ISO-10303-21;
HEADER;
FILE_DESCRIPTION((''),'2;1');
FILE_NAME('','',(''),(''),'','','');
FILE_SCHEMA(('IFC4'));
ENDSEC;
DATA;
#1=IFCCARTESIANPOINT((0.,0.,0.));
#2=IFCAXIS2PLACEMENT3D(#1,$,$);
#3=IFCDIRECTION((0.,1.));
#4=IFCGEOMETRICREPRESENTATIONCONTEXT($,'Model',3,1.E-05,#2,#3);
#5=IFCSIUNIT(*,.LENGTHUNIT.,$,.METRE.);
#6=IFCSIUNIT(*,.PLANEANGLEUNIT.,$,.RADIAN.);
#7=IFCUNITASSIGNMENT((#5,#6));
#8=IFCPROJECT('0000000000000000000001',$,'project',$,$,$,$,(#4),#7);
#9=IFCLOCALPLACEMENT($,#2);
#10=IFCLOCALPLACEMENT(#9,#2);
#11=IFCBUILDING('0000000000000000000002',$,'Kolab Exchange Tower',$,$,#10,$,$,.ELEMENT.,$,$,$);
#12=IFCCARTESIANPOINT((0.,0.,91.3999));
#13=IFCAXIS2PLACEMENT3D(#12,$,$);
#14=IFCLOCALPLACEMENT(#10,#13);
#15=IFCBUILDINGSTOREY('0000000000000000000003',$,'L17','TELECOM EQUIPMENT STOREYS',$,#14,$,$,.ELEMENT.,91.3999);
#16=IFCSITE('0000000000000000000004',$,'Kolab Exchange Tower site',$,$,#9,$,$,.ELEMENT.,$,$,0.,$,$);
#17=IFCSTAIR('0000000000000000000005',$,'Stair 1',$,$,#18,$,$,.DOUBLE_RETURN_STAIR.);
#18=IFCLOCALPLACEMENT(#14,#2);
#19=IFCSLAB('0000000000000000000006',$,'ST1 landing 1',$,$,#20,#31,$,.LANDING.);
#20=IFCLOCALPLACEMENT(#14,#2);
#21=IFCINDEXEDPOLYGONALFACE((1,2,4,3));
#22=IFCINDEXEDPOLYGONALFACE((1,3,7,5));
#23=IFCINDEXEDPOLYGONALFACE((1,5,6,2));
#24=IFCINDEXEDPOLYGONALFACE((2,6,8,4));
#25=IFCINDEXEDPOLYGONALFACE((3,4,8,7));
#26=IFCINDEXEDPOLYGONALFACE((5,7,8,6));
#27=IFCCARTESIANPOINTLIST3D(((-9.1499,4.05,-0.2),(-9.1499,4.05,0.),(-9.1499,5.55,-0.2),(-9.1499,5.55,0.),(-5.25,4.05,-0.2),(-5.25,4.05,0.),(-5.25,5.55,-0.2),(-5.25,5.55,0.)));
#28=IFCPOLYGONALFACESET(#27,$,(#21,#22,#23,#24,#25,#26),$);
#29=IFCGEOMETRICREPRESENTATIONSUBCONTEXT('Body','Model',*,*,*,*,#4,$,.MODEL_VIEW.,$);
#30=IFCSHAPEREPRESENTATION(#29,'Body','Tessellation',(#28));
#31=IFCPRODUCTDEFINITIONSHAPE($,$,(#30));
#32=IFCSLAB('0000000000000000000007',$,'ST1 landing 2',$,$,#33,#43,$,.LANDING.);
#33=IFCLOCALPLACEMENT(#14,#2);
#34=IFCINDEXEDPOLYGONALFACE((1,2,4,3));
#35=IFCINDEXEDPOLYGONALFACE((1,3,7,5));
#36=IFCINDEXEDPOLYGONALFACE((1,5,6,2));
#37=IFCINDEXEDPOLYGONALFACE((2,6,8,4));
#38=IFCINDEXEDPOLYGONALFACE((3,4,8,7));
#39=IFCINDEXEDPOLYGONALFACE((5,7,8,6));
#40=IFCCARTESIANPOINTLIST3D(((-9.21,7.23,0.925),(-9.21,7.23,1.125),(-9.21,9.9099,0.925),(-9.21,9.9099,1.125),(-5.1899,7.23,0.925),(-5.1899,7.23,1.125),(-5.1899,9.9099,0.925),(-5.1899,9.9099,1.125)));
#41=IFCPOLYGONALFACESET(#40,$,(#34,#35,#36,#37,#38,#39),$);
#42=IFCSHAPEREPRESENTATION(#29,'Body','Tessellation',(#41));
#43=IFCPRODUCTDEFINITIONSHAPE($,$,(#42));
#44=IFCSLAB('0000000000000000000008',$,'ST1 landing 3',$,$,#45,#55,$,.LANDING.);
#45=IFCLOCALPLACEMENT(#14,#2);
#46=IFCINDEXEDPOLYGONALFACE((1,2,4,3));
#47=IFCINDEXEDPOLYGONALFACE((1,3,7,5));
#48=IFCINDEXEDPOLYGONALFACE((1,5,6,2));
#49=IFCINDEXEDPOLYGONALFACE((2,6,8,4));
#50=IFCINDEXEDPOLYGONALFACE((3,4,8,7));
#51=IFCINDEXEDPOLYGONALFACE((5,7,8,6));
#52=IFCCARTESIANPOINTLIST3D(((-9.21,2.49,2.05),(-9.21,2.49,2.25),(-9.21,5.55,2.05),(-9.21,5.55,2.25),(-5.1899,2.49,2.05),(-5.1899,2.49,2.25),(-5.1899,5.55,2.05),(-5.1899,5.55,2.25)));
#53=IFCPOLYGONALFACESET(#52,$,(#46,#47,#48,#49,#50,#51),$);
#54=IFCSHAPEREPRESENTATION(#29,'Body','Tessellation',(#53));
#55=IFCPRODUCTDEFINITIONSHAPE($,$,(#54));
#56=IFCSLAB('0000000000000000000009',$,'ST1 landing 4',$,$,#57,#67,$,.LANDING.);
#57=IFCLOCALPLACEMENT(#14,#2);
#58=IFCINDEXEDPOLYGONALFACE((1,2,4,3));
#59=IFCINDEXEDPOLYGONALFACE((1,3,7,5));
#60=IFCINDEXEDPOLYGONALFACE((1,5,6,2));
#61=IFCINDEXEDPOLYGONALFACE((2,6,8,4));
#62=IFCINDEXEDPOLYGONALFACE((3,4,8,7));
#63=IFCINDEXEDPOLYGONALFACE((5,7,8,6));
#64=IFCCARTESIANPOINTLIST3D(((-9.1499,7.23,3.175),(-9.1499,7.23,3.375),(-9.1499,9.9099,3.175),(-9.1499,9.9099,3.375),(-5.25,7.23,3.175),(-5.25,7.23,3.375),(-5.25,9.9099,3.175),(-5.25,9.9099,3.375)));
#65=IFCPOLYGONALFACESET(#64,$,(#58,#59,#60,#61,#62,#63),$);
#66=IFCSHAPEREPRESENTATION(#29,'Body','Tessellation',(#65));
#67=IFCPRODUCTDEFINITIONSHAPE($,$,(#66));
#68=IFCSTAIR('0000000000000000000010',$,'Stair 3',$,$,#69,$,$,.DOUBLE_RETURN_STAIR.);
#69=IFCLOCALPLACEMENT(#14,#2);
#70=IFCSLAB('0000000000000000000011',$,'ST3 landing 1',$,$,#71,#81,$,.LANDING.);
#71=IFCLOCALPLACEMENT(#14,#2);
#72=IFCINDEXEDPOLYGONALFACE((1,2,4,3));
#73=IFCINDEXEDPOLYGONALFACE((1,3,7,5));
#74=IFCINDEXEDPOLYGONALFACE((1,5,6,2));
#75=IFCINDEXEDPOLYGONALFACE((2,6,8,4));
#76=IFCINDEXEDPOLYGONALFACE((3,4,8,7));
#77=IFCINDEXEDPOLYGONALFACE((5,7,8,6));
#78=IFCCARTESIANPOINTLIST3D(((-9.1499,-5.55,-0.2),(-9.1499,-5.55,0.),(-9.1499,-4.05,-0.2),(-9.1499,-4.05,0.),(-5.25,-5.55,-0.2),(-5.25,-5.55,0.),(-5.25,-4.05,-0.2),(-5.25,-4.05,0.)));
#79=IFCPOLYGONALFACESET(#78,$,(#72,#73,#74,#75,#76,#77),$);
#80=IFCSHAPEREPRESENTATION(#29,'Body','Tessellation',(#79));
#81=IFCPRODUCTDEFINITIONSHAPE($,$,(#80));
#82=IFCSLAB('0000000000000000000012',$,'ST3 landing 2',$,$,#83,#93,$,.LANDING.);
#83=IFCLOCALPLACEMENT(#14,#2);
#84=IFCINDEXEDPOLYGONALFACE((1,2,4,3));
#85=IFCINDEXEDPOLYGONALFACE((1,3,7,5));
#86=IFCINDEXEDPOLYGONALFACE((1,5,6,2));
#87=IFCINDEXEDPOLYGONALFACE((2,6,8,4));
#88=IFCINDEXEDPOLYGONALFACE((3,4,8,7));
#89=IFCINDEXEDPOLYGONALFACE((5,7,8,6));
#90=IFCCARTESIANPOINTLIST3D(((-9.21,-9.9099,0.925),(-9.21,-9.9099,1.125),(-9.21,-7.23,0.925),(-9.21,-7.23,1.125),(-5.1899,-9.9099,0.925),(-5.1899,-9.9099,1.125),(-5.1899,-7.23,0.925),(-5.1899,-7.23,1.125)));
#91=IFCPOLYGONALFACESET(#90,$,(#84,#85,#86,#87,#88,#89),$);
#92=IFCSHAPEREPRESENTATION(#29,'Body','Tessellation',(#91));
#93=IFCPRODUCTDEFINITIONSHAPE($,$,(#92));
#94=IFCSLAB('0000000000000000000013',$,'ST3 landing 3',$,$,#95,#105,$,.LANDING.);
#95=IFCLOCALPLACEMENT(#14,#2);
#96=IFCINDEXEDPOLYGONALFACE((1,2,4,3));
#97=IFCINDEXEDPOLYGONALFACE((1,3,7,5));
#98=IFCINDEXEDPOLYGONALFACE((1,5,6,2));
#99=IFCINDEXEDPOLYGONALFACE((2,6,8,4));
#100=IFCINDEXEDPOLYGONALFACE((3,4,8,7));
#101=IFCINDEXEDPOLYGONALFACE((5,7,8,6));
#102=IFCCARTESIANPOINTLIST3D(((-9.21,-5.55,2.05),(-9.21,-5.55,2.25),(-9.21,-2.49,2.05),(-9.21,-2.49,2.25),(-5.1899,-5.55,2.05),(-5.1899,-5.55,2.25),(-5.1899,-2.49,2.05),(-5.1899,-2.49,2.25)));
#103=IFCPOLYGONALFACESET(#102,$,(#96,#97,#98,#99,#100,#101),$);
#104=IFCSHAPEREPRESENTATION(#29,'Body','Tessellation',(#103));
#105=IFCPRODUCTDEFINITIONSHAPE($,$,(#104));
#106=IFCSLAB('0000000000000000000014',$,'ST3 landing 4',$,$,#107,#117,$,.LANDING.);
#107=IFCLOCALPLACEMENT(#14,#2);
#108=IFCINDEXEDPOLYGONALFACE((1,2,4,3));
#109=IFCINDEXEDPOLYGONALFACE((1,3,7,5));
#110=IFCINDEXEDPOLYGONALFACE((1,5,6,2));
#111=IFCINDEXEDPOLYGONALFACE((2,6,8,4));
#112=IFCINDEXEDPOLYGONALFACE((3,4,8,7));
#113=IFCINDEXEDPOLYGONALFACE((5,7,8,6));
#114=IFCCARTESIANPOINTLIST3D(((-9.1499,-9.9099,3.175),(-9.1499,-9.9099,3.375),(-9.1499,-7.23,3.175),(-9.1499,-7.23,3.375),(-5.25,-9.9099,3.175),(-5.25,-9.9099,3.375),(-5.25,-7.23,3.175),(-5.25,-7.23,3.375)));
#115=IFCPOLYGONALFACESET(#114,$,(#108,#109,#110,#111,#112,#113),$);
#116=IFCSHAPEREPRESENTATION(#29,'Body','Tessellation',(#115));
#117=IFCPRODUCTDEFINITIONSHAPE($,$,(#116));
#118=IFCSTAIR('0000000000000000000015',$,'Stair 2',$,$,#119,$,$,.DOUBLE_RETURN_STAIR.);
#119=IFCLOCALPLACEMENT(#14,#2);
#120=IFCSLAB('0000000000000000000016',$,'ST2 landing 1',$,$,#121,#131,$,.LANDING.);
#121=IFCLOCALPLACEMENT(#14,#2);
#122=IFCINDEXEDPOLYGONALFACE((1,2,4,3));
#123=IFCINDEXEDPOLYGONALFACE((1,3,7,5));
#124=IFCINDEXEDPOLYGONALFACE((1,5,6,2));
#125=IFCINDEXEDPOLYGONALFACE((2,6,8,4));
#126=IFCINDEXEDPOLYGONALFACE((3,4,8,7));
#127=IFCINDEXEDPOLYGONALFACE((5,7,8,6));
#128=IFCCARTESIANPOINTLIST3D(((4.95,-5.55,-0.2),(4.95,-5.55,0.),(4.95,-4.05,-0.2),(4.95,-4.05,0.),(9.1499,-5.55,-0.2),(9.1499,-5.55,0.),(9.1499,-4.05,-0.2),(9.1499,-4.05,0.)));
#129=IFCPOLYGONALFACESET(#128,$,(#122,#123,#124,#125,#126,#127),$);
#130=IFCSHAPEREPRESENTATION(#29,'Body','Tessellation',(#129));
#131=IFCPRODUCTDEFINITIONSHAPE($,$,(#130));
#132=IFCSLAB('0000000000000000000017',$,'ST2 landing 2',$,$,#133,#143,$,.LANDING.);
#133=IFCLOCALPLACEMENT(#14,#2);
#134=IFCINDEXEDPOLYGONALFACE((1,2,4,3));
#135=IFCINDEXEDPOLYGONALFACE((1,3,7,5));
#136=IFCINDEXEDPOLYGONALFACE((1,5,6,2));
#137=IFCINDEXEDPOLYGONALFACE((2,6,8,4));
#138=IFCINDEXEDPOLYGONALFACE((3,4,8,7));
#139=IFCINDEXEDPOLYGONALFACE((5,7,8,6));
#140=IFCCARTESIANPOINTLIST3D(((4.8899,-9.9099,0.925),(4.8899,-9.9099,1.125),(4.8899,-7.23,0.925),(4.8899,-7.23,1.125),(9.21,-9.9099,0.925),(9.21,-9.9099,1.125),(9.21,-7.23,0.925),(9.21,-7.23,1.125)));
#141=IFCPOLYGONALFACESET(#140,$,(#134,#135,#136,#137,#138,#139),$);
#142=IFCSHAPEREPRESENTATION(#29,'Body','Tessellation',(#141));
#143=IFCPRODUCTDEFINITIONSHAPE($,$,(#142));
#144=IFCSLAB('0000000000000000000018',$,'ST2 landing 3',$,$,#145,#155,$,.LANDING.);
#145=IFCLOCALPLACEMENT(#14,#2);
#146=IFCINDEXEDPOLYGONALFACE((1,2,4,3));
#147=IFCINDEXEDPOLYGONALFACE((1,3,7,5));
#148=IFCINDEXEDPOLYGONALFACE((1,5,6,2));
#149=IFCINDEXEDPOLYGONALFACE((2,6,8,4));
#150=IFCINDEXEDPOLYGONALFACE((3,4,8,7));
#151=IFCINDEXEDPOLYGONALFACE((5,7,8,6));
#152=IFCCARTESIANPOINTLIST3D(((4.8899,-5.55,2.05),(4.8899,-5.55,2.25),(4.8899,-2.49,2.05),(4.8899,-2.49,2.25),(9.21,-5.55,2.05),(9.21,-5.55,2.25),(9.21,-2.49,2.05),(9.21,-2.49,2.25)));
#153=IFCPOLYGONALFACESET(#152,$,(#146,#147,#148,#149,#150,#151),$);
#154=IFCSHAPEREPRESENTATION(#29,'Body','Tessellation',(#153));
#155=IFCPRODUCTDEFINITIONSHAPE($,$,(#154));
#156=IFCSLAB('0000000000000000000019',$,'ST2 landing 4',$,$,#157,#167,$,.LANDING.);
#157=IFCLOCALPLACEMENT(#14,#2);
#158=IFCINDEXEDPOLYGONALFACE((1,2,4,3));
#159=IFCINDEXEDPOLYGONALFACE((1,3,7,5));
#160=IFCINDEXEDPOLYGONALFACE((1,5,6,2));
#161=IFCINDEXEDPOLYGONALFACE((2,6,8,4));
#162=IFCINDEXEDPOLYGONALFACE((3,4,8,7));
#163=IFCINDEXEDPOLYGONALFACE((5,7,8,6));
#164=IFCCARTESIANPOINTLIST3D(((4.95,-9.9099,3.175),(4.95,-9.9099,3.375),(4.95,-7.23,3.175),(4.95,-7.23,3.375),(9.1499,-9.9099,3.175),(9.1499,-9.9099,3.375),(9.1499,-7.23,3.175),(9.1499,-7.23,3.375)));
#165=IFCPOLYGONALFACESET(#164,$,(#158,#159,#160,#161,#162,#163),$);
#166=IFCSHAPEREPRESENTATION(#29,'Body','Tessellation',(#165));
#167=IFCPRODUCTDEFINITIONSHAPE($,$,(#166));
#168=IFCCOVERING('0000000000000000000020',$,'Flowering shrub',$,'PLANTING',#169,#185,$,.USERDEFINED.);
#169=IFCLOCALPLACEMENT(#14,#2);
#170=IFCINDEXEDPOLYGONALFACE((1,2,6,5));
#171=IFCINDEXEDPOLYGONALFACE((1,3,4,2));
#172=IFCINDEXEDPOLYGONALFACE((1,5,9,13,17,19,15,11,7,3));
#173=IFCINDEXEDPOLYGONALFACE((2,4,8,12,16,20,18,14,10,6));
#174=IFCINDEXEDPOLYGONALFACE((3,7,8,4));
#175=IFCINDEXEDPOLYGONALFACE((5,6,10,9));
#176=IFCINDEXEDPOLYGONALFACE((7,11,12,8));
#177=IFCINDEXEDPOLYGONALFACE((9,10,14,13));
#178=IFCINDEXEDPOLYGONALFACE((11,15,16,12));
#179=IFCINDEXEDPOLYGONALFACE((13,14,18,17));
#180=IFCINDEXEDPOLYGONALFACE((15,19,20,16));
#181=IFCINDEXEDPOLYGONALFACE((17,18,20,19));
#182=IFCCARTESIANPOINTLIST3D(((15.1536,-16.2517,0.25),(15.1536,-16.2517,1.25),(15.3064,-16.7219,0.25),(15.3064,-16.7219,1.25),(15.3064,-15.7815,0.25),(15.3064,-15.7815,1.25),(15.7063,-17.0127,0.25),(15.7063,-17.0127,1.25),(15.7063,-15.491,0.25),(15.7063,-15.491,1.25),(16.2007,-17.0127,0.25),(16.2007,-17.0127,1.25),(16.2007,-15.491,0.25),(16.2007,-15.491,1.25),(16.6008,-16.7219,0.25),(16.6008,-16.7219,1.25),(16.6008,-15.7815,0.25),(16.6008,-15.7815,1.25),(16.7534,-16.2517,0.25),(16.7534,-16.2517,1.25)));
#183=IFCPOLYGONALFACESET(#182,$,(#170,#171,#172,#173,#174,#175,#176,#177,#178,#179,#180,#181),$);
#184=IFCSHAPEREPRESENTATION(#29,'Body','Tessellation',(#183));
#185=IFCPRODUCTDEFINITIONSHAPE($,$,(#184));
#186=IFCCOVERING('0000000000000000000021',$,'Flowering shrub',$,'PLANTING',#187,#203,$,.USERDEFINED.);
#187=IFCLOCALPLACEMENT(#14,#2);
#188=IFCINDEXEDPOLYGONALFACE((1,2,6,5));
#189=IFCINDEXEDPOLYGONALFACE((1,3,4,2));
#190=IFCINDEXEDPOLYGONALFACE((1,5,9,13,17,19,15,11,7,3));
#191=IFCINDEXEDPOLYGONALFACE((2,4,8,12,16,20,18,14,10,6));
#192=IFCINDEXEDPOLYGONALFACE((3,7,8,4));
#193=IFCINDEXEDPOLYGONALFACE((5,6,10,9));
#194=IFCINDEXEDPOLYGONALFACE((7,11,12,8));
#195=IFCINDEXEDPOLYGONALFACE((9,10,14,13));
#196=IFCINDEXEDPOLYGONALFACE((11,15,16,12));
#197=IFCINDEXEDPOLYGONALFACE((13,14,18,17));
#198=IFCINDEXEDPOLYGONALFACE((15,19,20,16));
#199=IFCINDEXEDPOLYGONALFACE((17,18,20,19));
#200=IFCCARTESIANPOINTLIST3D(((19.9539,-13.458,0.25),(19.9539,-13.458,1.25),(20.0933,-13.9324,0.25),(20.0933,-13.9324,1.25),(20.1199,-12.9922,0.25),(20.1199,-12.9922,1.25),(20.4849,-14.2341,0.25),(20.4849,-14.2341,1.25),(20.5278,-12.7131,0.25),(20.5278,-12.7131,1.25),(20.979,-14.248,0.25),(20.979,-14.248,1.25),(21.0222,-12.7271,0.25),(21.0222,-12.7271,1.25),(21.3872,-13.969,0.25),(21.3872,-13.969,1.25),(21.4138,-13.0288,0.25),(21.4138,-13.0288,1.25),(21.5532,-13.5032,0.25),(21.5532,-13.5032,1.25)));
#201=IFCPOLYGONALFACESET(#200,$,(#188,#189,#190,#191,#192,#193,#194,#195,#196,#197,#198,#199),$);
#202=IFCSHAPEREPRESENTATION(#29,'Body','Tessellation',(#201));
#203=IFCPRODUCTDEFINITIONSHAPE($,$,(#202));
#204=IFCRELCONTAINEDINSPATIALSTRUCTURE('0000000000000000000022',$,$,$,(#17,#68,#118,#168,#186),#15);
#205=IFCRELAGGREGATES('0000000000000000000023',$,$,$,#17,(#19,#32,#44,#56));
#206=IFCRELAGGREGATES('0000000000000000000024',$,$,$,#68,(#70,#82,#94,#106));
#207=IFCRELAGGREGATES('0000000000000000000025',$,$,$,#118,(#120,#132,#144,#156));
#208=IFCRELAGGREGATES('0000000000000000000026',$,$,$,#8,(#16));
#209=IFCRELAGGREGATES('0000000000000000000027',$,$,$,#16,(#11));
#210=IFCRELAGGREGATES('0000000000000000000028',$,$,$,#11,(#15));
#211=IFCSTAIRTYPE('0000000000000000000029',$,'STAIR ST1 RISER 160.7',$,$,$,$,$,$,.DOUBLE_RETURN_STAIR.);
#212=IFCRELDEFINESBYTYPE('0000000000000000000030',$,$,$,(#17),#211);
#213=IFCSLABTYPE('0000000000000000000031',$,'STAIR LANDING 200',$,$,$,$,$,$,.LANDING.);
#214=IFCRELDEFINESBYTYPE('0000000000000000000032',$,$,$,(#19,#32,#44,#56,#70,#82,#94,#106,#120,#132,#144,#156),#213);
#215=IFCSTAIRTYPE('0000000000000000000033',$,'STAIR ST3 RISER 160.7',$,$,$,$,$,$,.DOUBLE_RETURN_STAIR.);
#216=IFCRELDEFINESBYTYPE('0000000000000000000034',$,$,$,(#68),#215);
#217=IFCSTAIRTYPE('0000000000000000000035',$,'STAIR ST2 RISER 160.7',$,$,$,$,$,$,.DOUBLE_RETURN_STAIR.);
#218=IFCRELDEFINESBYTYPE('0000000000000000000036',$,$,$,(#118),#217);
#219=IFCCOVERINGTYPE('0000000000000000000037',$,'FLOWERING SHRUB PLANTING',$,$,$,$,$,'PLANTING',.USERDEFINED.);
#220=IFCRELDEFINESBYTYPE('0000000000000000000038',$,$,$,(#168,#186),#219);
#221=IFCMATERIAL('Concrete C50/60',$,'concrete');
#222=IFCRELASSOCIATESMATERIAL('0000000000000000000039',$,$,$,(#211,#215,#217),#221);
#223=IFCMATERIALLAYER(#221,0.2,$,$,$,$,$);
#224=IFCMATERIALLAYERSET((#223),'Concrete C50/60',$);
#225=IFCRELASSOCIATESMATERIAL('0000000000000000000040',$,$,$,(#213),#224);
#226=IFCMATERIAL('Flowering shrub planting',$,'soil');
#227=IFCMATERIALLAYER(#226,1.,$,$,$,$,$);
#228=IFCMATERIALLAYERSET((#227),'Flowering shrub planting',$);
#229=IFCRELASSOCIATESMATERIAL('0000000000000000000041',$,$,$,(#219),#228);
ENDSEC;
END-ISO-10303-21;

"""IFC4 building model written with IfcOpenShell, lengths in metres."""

from ifc_helpers import new_model, si_unit, direction, frame, origin, place, context, subcontext, project, spatial, polyline, outline, extrude, material, layer, layer_set, type_object, element, aggregate, save


model = new_model("IFC4")

# Units and contexts
model_context = context("Model", 3, precision=1e-05, world=origin(), true_north=direction((0.0, 1.0)))
body_context = subcontext(model_context, "Body", "Model", "MODEL_VIEW")
ifc_project = project(units=[si_unit("LENGTHUNIT", "METRE"), si_unit("PLANEANGLEUNIT", "RADIAN")], contexts=[model_context])

# Site, building, storey
site_placement = place(None, origin())
site = spatial("IfcSite", under=ifc_project, at=site_placement, Name="Kolab Exchange Tower site", CompositionType="ELEMENT", RefElevation=0.0)
building_placement = place(site_placement, origin())
building = spatial("IfcBuilding", under=site, at=building_placement, Name="Kolab Exchange Tower", CompositionType="ELEMENT")
storey_placement = place(building_placement, frame((0.0, 0.0, 91.3999)))
storey = spatial("IfcBuildingStorey", under=building, at=storey_placement, Name="L17", Description="TELECOM EQUIPMENT STOREYS", CompositionType="ELEMENT", Elevation=91.3999)

# Stairs, slabs
ifc_material_1 = material(Name="Concrete C50/60", Category="concrete")
stair_type_1 = type_object("IfcStairType", Name="STAIR ST1 RISER 160.7", PredefinedType="DOUBLE_RETURN_STAIR", material=ifc_material_1)
stair_1_placement = place(storey_placement, origin())
stair_1 = element("IfcStair", 1, at=stair_1_placement, inside=storey, type_object=stair_type_1, Name="Stair 1", PredefinedType="DOUBLE_RETURN_STAIR")
ifc_layer_1 = layer(ifc_material_1, 0.2)
ifc_layer_set_1 = layer_set([ifc_layer_1], Name="Concrete C50/60")
slab_type = type_object("IfcSlabType", Name="STAIR LANDING 200", PredefinedType="LANDING", material=ifc_layer_set_1)
slab_1_placement = place(storey_placement, frame((0.0, 0.0, -0.2)))
slab_1 = element("IfcSlab", 2, at=slab_1_placement, type_object=slab_type, Name="ST1 landing 1", PredefinedType="LANDING", context=body_context, shape_type="SweptSolid", body=[
    extrude(outline(polyline([(-9.1499, 4.05), (-5.25, 4.05), (-5.25, 5.55), (-9.1499, 5.55), (-9.1499, 4.05)])), origin(), (0.0, 0.0, 1.0), 0.2),
])
slab_2_placement = place(storey_placement, frame((0.0, 0.0, 0.925)))
slab_2 = element("IfcSlab", 3, at=slab_2_placement, type_object=slab_type, Name="ST1 landing 2", PredefinedType="LANDING", context=body_context, shape_type="SweptSolid", body=[
    extrude(outline(polyline([(-9.21, 7.23), (-5.1899, 7.23), (-5.1899, 9.9099), (-9.21, 9.9099), (-9.21, 7.23)])), origin(), (0.0, 0.0, 1.0), 0.2),
])
slab_3_placement = place(storey_placement, frame((0.0, 0.0, 2.05)))
slab_3 = element("IfcSlab", 4, at=slab_3_placement, type_object=slab_type, Name="ST1 landing 3", PredefinedType="LANDING", context=body_context, shape_type="SweptSolid", body=[
    extrude(outline(polyline([(-9.21, 2.49), (-5.1899, 2.49), (-5.1899, 5.55), (-9.21, 5.55), (-9.21, 2.49)])), origin(), (0.0, 0.0, 1.0), 0.2),
])
slab_4_placement = place(storey_placement, frame((0.0, 0.0, 3.175)))
slab_4 = element("IfcSlab", 5, at=slab_4_placement, type_object=slab_type, Name="ST1 landing 4", PredefinedType="LANDING", context=body_context, shape_type="SweptSolid", body=[
    extrude(outline(polyline([(-9.1499, 7.23), (-5.25, 7.23), (-5.25, 9.9099), (-9.1499, 9.9099), (-9.1499, 7.23)])), origin(), (0.0, 0.0, 1.0), 0.2),
])
aggregate(stair_1, [slab_1, slab_2, slab_3, slab_4])
stair_type_2 = type_object("IfcStairType", Name="STAIR ST3 RISER 160.7", PredefinedType="DOUBLE_RETURN_STAIR", material=ifc_material_1)
stair_2_placement = place(storey_placement, origin())
stair_2 = element("IfcStair", 6, at=stair_2_placement, inside=storey, type_object=stair_type_2, Name="Stair 3", PredefinedType="DOUBLE_RETURN_STAIR")
slab_5_placement = place(storey_placement, frame((0.0, 0.0, -0.2)))
slab_5 = element("IfcSlab", 7, at=slab_5_placement, type_object=slab_type, Name="ST3 landing 1", PredefinedType="LANDING", context=body_context, shape_type="SweptSolid", body=[
    extrude(outline(polyline([(-9.1499, -5.55), (-5.25, -5.55), (-5.25, -4.05), (-9.1499, -4.05), (-9.1499, -5.55)])), origin(), (0.0, 0.0, 1.0), 0.2),
])
slab_6_placement = place(storey_placement, frame((0.0, 0.0, 0.925)))
slab_6 = element("IfcSlab", 8, at=slab_6_placement, type_object=slab_type, Name="ST3 landing 2", PredefinedType="LANDING", context=body_context, shape_type="SweptSolid", body=[
    extrude(outline(polyline([(-9.21, -9.9099), (-5.1899, -9.9099), (-5.1899, -7.23), (-9.21, -7.23), (-9.21, -9.9099)])), origin(), (0.0, 0.0, 1.0), 0.2),
])
slab_7_placement = place(storey_placement, frame((0.0, 0.0, 2.05)))
slab_7 = element("IfcSlab", 9, at=slab_7_placement, type_object=slab_type, Name="ST3 landing 3", PredefinedType="LANDING", context=body_context, shape_type="SweptSolid", body=[
    extrude(outline(polyline([(-9.21, -5.55), (-5.1899, -5.55), (-5.1899, -2.49), (-9.21, -2.49), (-9.21, -5.55)])), origin(), (0.0, 0.0, 1.0), 0.2),
])
slab_8_placement = place(storey_placement, frame((0.0, 0.0, 3.175)))
slab_8 = element("IfcSlab", 10, at=slab_8_placement, type_object=slab_type, Name="ST3 landing 4", PredefinedType="LANDING", context=body_context, shape_type="SweptSolid", body=[
    extrude(outline(polyline([(-9.1499, -9.9099), (-5.25, -9.9099), (-5.25, -7.23), (-9.1499, -7.23), (-9.1499, -9.9099)])), origin(), (0.0, 0.0, 1.0), 0.2),
])
aggregate(stair_2, [slab_5, slab_6, slab_7, slab_8])
stair_type_3 = type_object("IfcStairType", Name="STAIR ST2 RISER 160.7", PredefinedType="DOUBLE_RETURN_STAIR", material=ifc_material_1)
stair_3_placement = place(storey_placement, origin())
stair_3 = element("IfcStair", 11, at=stair_3_placement, inside=storey, type_object=stair_type_3, Name="Stair 2", PredefinedType="DOUBLE_RETURN_STAIR")
slab_9_placement = place(storey_placement, frame((0.0, 0.0, -0.2)))
slab_9 = element("IfcSlab", 12, at=slab_9_placement, type_object=slab_type, Name="ST2 landing 1", PredefinedType="LANDING", context=body_context, shape_type="SweptSolid", body=[
    extrude(outline(polyline([(4.95, -5.55), (9.1499, -5.55), (9.1499, -4.05), (4.95, -4.05), (4.95, -5.55)])), origin(), (0.0, 0.0, 1.0), 0.2),
])
slab_10_placement = place(storey_placement, frame((0.0, 0.0, 0.925)))
slab_10 = element("IfcSlab", 13, at=slab_10_placement, type_object=slab_type, Name="ST2 landing 2", PredefinedType="LANDING", context=body_context, shape_type="SweptSolid", body=[
    extrude(outline(polyline([(4.8899, -9.9099), (9.21, -9.9099), (9.21, -7.23), (4.8899, -7.23), (4.8899, -9.9099)])), origin(), (0.0, 0.0, 1.0), 0.2),
])
slab_11_placement = place(storey_placement, frame((0.0, 0.0, 2.05)))
slab_11 = element("IfcSlab", 14, at=slab_11_placement, type_object=slab_type, Name="ST2 landing 3", PredefinedType="LANDING", context=body_context, shape_type="SweptSolid", body=[
    extrude(outline(polyline([(4.8899, -5.55), (9.21, -5.55), (9.21, -2.49), (4.8899, -2.49), (4.8899, -5.55)])), origin(), (0.0, 0.0, 1.0), 0.2),
])
slab_12_placement = place(storey_placement, frame((0.0, 0.0, 3.175)))
slab_12 = element("IfcSlab", 15, at=slab_12_placement, type_object=slab_type, Name="ST2 landing 4", PredefinedType="LANDING", context=body_context, shape_type="SweptSolid", body=[
    extrude(outline(polyline([(4.95, -9.9099), (9.1499, -9.9099), (9.1499, -7.23), (4.95, -7.23), (4.95, -9.9099)])), origin(), (0.0, 0.0, 1.0), 0.2),
])
aggregate(stair_3, [slab_9, slab_10, slab_11, slab_12])

# Coverings
ifc_material_2 = material(Name="Flowering shrub planting", Category="soil")
ifc_layer_2 = layer(ifc_material_2, 1.0)
ifc_layer_set_2 = layer_set([ifc_layer_2], Name="Flowering shrub planting")
covering_type_1 = type_object("IfcCoveringType", Name="FLOWERING SHRUB PLANTING", ElementType="PLANTING", PredefinedType="USERDEFINED", material=ifc_layer_set_2)
covering_1_placement = place(storey_placement, frame((0.0, 0.0, 0.25)))
element("IfcCovering", 16, at=covering_1_placement, inside=storey, type_object=covering_type_1, Name="Flowering shrub", ObjectType="PLANTING", PredefinedType="USERDEFINED", context=body_context, shape_type="SweptSolid", body=[
    extrude(outline(polyline([(16.7534, -16.2517), (16.6008, -15.7815), (16.2007, -15.491), (15.7063, -15.491), (15.3064, -15.7815), (15.1536, -16.2517), (15.3064, -16.7219), (15.7063, -17.0127), (16.2007, -17.0127), (16.6008, -16.7219), (16.7534, -16.2517)])), origin(), (0.0, 0.0, 1.0), 1.0),
])
covering_2_placement = place(storey_placement, frame((0.0, 0.0, 0.25)))
element("IfcCovering", 17, at=covering_2_placement, inside=storey, type_object=covering_type_1, Name="Flowering shrub", ObjectType="PLANTING", PredefinedType="USERDEFINED", context=body_context, shape_type="SweptSolid", body=[
    extrude(outline(polyline([(21.4138, -13.0288), (21.0222, -12.7271), (20.5278, -12.7131), (20.1199, -12.9922), (19.9539, -13.458), (20.0933, -13.9324), (20.4849, -14.2341), (20.979, -14.248), (21.3872, -13.969), (21.5532, -13.5032), (21.4138, -13.0288)])), origin(), (0.0, 0.0, 1.0), 1.0),
])

save(model, "model.ifc")
